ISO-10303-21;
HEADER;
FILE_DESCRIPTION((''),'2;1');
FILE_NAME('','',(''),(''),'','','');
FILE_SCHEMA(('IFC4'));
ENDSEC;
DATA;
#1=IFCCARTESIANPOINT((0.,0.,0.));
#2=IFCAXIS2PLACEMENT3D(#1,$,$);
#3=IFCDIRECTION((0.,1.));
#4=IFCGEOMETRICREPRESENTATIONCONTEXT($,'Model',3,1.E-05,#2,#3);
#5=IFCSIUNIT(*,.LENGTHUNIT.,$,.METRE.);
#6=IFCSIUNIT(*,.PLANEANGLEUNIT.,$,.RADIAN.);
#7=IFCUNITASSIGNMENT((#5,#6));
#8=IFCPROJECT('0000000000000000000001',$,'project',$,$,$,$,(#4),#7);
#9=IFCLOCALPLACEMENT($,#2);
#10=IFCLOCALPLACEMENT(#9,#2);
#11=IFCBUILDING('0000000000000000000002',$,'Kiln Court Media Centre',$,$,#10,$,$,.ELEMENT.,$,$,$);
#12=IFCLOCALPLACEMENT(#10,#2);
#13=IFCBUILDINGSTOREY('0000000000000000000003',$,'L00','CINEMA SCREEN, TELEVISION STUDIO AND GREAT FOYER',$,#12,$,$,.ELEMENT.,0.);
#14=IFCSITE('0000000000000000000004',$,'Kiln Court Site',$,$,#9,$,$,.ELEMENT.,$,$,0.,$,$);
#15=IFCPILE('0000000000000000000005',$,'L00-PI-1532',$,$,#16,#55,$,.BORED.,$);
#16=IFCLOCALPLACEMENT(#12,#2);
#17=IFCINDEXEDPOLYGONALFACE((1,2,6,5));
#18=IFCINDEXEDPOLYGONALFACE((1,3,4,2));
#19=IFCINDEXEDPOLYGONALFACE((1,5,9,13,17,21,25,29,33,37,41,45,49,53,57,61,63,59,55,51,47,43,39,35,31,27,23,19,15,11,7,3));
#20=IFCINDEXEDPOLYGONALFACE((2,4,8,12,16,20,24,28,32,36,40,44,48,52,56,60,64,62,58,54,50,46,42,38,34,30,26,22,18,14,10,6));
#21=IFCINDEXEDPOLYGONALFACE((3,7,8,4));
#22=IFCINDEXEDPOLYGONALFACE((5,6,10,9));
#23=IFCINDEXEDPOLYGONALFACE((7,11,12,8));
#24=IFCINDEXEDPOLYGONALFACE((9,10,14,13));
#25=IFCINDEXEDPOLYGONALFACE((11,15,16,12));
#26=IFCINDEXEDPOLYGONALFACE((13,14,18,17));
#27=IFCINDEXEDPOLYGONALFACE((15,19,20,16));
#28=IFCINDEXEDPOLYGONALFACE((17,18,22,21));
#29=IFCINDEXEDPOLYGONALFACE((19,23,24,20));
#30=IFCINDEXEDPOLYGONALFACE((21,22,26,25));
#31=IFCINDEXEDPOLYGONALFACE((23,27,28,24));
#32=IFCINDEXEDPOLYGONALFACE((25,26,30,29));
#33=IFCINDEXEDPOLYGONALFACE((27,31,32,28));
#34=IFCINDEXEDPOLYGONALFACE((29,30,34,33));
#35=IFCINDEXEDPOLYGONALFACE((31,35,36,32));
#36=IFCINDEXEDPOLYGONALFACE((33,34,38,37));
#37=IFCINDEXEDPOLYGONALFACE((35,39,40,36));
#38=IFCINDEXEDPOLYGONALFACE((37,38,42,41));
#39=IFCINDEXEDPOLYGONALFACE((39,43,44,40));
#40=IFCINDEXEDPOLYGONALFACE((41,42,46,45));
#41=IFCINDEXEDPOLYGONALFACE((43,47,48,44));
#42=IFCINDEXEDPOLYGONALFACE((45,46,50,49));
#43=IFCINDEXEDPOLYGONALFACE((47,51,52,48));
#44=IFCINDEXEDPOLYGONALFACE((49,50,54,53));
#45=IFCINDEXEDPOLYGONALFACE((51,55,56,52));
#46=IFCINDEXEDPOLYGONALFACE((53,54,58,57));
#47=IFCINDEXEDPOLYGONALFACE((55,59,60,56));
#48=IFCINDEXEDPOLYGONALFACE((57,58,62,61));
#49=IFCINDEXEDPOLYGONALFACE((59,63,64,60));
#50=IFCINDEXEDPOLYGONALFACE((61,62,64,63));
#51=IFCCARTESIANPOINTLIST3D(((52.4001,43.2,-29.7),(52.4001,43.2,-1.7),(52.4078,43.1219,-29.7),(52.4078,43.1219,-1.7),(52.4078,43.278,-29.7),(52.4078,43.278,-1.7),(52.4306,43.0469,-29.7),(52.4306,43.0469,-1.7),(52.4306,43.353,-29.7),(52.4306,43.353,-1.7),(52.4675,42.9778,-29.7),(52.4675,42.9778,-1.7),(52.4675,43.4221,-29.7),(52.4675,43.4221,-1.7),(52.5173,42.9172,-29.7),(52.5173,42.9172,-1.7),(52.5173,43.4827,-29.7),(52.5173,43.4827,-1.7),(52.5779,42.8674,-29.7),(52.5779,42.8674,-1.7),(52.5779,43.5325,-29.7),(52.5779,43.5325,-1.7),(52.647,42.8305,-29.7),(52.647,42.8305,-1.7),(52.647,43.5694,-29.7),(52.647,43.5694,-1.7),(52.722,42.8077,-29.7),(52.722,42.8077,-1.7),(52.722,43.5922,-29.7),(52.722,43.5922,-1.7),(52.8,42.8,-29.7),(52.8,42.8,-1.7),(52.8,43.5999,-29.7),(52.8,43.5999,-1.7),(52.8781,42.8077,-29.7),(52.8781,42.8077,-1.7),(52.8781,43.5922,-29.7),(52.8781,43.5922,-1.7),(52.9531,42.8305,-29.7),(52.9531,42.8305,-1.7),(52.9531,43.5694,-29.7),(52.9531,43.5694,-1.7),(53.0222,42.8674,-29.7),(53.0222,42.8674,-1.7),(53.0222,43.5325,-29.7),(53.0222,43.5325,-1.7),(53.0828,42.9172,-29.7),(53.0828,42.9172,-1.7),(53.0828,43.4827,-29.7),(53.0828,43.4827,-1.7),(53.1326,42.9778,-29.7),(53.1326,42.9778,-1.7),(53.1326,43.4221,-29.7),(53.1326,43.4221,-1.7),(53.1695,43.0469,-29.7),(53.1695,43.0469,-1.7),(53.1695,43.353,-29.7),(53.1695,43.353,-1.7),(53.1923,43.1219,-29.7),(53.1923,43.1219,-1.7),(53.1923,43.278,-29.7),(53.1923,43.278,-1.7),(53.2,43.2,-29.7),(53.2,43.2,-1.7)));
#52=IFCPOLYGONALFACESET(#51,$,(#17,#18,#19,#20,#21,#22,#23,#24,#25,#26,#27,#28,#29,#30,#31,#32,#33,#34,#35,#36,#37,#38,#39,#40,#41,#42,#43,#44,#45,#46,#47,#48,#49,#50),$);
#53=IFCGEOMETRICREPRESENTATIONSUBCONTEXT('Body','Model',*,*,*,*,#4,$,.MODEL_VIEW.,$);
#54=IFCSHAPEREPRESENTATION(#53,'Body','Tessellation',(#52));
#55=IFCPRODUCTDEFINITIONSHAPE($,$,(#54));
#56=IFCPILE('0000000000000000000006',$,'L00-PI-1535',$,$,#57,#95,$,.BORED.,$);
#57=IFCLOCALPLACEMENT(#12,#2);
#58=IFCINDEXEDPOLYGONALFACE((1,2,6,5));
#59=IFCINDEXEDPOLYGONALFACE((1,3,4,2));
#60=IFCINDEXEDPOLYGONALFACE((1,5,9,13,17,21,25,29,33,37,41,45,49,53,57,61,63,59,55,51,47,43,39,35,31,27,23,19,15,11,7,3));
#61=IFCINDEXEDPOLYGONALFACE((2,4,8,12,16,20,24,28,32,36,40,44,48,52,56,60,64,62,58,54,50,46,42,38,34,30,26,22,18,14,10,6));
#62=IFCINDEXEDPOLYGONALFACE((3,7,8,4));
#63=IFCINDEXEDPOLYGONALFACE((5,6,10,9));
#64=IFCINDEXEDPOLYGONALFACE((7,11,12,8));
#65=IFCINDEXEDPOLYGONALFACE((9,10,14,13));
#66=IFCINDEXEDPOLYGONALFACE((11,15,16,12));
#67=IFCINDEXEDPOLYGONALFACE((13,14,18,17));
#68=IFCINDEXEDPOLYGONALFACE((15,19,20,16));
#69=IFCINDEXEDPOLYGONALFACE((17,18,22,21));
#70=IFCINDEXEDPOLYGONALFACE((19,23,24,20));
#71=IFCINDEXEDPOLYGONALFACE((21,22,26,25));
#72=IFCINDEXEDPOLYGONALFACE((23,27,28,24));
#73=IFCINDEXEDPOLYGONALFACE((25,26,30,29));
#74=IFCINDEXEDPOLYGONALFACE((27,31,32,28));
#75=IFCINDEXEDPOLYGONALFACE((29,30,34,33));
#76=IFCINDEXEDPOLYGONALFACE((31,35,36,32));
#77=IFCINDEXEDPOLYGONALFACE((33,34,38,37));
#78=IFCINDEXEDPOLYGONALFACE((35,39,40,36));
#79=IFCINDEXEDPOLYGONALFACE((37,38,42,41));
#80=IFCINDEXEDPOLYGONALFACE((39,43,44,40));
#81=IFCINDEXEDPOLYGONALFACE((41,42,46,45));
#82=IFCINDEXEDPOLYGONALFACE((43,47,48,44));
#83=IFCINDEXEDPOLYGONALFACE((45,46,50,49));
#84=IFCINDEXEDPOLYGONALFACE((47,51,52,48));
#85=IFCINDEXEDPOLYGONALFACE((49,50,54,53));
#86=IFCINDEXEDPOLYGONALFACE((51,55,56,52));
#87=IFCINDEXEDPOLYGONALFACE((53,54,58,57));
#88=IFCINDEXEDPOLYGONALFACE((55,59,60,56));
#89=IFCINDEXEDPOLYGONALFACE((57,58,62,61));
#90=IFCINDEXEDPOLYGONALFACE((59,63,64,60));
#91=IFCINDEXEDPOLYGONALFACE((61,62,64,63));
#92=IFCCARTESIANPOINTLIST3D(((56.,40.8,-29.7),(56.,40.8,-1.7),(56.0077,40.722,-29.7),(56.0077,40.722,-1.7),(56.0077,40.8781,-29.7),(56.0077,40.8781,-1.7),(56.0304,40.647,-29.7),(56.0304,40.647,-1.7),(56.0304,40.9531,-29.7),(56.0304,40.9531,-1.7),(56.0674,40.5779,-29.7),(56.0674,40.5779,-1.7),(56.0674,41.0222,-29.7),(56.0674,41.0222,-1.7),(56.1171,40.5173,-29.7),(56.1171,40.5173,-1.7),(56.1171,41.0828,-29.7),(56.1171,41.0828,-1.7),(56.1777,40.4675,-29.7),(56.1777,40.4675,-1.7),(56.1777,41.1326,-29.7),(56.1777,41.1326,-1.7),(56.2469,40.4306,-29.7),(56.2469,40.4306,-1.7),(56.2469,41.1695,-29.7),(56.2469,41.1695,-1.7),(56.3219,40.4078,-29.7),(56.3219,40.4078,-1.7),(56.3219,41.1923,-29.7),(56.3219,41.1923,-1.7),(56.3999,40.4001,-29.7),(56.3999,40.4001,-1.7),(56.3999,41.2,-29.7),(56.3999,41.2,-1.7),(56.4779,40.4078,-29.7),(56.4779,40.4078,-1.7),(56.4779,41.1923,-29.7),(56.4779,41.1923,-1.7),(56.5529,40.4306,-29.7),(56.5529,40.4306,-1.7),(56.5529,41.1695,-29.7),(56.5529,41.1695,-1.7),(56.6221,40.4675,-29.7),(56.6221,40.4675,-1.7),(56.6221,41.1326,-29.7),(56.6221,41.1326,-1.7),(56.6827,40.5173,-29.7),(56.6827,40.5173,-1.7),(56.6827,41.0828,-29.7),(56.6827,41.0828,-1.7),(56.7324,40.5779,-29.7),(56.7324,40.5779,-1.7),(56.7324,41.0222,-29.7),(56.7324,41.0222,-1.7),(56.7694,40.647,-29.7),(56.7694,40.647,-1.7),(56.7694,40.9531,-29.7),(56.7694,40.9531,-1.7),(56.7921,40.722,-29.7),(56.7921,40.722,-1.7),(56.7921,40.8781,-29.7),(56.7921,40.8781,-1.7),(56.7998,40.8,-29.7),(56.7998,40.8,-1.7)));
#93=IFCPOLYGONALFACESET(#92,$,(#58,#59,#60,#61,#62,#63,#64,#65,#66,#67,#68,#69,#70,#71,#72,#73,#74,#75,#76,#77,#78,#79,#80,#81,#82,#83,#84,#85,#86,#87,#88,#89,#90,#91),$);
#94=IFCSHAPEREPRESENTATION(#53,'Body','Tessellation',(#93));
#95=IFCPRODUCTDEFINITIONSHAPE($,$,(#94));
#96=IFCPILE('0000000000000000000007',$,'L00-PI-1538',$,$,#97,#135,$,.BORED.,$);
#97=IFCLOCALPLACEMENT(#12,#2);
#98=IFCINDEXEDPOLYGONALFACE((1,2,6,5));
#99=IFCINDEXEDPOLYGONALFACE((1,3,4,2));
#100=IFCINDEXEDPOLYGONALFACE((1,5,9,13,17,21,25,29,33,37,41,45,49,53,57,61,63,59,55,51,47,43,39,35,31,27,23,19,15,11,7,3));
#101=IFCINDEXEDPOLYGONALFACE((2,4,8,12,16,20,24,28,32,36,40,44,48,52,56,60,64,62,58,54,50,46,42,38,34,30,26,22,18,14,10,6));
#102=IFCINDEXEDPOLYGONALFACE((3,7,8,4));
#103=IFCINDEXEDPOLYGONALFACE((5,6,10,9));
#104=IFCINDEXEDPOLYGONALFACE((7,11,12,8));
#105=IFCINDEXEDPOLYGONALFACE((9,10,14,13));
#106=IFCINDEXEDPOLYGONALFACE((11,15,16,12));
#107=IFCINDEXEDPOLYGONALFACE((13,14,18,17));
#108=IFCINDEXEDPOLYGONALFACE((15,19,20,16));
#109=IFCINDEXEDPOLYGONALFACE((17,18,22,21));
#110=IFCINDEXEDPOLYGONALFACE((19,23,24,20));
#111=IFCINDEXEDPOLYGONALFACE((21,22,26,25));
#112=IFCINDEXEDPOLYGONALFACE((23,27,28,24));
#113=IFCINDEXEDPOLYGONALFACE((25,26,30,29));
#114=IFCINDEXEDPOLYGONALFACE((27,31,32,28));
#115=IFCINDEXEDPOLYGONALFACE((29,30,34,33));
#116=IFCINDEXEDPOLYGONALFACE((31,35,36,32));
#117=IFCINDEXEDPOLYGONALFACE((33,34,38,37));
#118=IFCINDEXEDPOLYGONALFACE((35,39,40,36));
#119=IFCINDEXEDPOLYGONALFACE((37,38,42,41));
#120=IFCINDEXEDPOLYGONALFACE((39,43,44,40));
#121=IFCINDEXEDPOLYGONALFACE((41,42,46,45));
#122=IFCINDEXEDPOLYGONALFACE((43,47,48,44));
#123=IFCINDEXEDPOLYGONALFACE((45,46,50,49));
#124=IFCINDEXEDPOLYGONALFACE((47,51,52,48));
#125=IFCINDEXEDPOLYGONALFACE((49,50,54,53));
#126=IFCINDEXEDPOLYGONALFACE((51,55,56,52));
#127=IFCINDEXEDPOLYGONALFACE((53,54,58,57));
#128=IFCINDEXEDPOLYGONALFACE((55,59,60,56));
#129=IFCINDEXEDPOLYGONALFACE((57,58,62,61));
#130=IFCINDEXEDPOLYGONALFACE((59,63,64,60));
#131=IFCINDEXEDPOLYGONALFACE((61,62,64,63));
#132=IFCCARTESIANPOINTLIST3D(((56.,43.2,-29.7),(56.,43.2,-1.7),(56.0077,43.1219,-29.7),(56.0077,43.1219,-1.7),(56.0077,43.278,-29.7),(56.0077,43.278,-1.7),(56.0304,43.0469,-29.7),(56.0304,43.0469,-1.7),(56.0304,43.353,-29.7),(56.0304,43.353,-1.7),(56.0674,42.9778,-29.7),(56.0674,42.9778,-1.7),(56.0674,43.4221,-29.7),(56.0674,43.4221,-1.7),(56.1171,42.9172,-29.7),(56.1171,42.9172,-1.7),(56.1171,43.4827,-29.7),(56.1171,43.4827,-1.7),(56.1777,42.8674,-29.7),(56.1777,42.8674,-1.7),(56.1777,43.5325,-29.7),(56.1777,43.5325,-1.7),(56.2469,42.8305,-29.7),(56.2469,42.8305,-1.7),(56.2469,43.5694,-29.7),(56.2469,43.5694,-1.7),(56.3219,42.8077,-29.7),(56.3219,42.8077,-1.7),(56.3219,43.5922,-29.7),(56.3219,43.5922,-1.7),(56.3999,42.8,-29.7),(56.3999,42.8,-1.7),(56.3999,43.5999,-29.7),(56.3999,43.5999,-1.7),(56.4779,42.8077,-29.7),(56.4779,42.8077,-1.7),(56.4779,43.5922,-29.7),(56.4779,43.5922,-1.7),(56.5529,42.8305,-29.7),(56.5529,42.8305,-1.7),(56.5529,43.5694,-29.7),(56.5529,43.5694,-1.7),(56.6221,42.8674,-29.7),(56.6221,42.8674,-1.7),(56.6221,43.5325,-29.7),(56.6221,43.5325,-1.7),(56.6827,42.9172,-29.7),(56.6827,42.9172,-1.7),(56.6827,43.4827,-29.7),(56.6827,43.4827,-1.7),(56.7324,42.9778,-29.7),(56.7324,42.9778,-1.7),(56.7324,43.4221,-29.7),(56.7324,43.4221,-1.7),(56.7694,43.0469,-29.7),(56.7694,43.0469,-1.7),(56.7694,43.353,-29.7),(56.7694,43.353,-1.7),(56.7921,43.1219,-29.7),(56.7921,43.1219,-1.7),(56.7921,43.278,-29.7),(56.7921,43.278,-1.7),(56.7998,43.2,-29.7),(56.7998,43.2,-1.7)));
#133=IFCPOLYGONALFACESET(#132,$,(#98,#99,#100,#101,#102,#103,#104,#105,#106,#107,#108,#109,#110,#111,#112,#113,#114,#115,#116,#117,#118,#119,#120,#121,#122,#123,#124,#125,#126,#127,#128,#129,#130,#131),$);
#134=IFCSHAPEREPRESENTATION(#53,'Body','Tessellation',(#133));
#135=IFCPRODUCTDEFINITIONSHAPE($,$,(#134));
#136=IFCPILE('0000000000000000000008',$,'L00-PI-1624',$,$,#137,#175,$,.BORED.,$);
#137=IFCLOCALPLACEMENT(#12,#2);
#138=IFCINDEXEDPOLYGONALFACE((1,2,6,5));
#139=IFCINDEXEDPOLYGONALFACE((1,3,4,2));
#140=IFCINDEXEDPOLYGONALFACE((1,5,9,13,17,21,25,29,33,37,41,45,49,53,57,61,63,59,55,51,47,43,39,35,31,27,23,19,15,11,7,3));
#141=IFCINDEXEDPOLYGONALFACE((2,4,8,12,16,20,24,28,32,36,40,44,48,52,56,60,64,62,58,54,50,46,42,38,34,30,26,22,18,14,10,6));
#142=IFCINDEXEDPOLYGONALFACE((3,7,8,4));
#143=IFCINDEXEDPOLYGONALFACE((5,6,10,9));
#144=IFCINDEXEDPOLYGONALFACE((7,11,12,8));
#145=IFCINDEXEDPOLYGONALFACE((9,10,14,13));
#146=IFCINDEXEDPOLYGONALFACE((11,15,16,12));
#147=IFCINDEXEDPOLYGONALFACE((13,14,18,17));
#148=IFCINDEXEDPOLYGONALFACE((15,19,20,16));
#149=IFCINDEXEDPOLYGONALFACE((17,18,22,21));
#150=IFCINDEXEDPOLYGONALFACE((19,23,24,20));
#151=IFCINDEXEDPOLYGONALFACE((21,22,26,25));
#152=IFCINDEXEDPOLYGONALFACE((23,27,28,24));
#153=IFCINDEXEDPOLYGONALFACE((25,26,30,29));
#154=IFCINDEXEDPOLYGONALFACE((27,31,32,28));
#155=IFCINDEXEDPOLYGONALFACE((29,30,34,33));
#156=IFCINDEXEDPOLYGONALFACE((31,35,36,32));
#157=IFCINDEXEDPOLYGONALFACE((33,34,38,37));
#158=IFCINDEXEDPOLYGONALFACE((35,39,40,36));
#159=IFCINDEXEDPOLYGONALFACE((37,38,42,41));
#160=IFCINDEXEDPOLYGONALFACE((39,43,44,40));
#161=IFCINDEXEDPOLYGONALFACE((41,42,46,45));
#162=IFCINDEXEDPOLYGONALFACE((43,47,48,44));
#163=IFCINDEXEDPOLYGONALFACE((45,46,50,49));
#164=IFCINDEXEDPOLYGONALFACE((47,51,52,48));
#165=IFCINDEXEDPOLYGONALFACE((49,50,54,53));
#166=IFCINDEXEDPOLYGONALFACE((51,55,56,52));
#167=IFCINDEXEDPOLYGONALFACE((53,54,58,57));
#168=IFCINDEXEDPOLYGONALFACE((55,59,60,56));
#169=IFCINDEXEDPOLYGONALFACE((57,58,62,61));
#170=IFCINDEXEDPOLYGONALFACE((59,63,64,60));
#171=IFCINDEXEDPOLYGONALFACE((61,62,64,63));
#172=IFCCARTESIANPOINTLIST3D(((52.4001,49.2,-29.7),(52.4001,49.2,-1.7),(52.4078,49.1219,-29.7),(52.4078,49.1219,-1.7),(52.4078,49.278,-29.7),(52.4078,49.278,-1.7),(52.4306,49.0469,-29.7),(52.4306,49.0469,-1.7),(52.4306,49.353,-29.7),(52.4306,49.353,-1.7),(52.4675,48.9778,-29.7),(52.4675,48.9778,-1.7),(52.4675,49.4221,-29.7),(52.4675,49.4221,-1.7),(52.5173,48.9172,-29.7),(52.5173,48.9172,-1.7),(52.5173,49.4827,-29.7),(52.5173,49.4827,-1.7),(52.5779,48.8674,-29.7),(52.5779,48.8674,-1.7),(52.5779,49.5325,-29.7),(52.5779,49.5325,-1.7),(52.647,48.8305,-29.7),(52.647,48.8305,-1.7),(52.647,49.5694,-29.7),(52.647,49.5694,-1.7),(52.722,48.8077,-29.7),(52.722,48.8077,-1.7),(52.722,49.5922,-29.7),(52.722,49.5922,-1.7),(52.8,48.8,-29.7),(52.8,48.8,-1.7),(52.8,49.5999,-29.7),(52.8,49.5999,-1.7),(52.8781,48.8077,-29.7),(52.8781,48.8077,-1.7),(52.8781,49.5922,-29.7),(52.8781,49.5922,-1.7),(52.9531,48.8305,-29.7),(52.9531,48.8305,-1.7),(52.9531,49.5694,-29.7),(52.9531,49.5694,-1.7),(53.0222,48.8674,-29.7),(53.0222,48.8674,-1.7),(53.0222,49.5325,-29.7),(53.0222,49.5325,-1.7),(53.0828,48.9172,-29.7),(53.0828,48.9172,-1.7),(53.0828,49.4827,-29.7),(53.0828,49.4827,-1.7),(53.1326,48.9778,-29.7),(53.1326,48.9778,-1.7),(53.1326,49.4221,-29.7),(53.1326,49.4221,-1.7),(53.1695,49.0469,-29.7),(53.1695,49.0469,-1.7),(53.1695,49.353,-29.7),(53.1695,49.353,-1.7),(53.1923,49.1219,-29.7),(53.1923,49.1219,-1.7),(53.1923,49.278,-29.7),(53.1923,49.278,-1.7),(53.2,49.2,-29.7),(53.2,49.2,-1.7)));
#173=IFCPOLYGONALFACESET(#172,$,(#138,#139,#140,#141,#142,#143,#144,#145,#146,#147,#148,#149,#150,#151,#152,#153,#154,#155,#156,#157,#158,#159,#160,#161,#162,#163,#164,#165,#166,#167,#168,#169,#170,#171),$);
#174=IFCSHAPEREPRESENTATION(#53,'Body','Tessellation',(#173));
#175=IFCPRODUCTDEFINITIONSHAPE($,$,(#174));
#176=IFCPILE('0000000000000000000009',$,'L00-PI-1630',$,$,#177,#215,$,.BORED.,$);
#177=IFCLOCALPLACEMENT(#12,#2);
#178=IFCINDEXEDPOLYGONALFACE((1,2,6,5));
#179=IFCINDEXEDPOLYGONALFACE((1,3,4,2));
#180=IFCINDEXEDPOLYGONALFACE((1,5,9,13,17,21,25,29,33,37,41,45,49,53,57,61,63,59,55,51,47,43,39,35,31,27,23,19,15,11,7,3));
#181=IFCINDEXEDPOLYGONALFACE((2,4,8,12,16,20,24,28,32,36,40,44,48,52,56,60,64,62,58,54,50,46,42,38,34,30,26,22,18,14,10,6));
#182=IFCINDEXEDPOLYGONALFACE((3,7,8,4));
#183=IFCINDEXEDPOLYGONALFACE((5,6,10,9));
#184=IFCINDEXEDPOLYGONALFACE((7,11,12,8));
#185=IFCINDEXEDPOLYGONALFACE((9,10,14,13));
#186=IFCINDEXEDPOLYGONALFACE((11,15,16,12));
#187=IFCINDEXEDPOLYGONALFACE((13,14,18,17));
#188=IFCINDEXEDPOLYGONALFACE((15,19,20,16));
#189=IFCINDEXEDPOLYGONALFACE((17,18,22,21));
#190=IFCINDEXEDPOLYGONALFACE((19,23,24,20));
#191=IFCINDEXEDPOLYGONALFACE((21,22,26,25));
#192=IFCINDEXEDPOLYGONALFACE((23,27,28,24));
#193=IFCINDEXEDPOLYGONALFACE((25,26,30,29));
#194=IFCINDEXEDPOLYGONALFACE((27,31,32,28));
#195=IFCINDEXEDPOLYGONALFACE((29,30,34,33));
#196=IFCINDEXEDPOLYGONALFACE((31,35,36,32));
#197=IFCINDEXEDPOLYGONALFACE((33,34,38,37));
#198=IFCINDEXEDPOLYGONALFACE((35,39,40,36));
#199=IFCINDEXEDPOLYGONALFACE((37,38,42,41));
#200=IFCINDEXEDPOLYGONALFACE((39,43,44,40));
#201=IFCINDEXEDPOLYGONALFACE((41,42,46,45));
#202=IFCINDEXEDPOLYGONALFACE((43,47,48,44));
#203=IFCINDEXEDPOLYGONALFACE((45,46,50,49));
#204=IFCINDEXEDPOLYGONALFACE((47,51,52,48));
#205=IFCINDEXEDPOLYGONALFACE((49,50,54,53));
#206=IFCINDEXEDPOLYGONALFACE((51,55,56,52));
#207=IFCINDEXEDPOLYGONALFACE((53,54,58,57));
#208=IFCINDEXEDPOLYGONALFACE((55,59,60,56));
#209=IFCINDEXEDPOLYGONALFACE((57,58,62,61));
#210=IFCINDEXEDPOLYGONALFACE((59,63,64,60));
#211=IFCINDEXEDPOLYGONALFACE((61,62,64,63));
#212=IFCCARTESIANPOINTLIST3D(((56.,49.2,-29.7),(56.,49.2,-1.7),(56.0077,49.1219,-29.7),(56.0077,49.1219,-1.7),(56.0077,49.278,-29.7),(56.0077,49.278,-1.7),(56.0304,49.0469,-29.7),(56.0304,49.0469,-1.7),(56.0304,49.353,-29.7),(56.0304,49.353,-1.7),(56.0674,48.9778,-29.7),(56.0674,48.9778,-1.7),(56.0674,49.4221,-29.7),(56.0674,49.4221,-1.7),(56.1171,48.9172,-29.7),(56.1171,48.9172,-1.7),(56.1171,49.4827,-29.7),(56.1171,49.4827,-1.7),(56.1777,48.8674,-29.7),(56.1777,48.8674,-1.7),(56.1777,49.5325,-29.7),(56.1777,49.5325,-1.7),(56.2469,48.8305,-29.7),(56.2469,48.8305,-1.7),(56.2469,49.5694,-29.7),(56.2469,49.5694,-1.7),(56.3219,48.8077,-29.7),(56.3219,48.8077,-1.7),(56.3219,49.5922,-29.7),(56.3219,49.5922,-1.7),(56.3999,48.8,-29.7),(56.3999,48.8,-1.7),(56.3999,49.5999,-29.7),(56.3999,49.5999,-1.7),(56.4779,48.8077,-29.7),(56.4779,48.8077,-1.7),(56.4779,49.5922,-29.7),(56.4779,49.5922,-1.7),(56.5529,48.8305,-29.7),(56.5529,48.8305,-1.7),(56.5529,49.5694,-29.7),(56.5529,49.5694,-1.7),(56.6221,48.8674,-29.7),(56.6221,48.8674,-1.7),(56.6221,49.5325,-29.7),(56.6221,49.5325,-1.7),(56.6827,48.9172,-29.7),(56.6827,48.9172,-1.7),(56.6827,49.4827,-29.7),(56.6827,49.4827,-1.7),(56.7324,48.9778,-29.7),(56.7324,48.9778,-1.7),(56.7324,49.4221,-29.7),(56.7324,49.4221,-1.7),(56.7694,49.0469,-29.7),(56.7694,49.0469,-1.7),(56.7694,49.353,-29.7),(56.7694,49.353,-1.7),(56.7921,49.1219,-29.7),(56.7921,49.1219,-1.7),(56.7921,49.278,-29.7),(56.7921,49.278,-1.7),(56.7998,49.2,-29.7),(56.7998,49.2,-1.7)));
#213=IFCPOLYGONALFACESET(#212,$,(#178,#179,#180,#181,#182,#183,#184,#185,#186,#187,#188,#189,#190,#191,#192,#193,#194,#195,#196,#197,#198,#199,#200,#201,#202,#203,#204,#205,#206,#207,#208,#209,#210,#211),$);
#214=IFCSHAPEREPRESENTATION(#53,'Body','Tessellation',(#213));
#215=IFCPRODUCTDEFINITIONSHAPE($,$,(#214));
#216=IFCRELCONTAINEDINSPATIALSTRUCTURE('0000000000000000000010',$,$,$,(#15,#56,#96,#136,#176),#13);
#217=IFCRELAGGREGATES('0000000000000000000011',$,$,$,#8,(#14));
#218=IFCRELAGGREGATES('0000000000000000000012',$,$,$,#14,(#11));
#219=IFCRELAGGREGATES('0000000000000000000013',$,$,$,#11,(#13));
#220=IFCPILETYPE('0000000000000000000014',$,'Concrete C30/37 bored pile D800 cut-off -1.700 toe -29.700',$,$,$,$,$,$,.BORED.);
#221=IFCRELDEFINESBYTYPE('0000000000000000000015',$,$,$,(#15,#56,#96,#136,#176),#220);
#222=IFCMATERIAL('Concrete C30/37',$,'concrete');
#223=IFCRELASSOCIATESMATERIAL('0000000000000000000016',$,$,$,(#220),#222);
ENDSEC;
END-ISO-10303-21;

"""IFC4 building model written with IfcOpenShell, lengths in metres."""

from ifc_helpers import new_model, si_unit, direction, frame, origin, origin_2d, place, context, subcontext, project, spatial, circle, extrude, material, material_profile, profile_set, type_object, element, save


model = new_model("IFC4")

# Units and contexts
model_context = context("Model", 3, precision=1e-05, world=origin(), true_north=direction((0.0, 1.0)))
body_context = subcontext(model_context, "Body", "Model", "MODEL_VIEW")
ifc_project = project(units=[si_unit("LENGTHUNIT", "METRE"), si_unit("PLANEANGLEUNIT", "RADIAN")], contexts=[model_context])

# Site, building, storey
site_placement = place(None, origin())
site = spatial("IfcSite", under=ifc_project, at=site_placement, Name="Kiln Court Site", CompositionType="ELEMENT", RefElevation=0.0)
building_placement = place(site_placement, origin())
building = spatial("IfcBuilding", under=site, at=building_placement, Name="Kiln Court Media Centre", CompositionType="ELEMENT")
storey_placement = place(building_placement, origin())
storey = spatial("IfcBuildingStorey", under=building, at=storey_placement, Name="L00", Description="CINEMA SCREEN, TELEVISION STUDIO AND GREAT FOYER", CompositionType="ELEMENT", Elevation=0.0)

# Piles
ifc_material_1 = material(Name="Concrete C30/37", Category="concrete")
ifc_material_profile_1 = material_profile(ifc_material_1, circle(Radius=0.3999, at=origin_2d()), Name="PILE D800")
ifc_profile_set_1 = profile_set([ifc_material_profile_1], Name="Concrete C30/37")
pile_type_1 = type_object("IfcPileType", Name="Concrete C30/37 bored pile D800 cut-off -1.700 toe -29.700", PredefinedType="BORED", material=ifc_profile_set_1)
for number, where, z_axis, x_axis, name in (
    (1, (52.8, 43.2, -1.7), (0.0, 0.0, -1.0), (1.0, 0.0, 0.0), "L00-PI-1532"),
    (2, (56.3999, 40.8, -1.7), (0.0, 0.0, -1.0), (1.0, 0.0, 0.0), "L00-PI-1535"),
    (3, (56.3999, 43.2, -1.7), (0.0, 0.0, -1.0), (1.0, 0.0, 0.0), "L00-PI-1538"),
    (4, (52.8, 49.2, -1.7), (0.0, 0.0, -1.0), (1.0, 0.0, 0.0), "L00-PI-1624"),
    (5, (56.3999, 49.2, -1.7), (0.0, 0.0, -1.0), (1.0, 0.0, 0.0), "L00-PI-1630"),
):
    element("IfcPile", number, at=place(storey_placement, frame(where, z_axis=z_axis, x_axis=x_axis)), inside=storey, type_object=pile_type_1, Name=name, PredefinedType="BORED", context=body_context, shape_type="SweptSolid", body=[
        extrude(circle(Radius=0.3999, at=origin_2d()), origin(), (0.0, 0.0, 1.0), 28.0),
    ])

save(model, "model.ifc")
